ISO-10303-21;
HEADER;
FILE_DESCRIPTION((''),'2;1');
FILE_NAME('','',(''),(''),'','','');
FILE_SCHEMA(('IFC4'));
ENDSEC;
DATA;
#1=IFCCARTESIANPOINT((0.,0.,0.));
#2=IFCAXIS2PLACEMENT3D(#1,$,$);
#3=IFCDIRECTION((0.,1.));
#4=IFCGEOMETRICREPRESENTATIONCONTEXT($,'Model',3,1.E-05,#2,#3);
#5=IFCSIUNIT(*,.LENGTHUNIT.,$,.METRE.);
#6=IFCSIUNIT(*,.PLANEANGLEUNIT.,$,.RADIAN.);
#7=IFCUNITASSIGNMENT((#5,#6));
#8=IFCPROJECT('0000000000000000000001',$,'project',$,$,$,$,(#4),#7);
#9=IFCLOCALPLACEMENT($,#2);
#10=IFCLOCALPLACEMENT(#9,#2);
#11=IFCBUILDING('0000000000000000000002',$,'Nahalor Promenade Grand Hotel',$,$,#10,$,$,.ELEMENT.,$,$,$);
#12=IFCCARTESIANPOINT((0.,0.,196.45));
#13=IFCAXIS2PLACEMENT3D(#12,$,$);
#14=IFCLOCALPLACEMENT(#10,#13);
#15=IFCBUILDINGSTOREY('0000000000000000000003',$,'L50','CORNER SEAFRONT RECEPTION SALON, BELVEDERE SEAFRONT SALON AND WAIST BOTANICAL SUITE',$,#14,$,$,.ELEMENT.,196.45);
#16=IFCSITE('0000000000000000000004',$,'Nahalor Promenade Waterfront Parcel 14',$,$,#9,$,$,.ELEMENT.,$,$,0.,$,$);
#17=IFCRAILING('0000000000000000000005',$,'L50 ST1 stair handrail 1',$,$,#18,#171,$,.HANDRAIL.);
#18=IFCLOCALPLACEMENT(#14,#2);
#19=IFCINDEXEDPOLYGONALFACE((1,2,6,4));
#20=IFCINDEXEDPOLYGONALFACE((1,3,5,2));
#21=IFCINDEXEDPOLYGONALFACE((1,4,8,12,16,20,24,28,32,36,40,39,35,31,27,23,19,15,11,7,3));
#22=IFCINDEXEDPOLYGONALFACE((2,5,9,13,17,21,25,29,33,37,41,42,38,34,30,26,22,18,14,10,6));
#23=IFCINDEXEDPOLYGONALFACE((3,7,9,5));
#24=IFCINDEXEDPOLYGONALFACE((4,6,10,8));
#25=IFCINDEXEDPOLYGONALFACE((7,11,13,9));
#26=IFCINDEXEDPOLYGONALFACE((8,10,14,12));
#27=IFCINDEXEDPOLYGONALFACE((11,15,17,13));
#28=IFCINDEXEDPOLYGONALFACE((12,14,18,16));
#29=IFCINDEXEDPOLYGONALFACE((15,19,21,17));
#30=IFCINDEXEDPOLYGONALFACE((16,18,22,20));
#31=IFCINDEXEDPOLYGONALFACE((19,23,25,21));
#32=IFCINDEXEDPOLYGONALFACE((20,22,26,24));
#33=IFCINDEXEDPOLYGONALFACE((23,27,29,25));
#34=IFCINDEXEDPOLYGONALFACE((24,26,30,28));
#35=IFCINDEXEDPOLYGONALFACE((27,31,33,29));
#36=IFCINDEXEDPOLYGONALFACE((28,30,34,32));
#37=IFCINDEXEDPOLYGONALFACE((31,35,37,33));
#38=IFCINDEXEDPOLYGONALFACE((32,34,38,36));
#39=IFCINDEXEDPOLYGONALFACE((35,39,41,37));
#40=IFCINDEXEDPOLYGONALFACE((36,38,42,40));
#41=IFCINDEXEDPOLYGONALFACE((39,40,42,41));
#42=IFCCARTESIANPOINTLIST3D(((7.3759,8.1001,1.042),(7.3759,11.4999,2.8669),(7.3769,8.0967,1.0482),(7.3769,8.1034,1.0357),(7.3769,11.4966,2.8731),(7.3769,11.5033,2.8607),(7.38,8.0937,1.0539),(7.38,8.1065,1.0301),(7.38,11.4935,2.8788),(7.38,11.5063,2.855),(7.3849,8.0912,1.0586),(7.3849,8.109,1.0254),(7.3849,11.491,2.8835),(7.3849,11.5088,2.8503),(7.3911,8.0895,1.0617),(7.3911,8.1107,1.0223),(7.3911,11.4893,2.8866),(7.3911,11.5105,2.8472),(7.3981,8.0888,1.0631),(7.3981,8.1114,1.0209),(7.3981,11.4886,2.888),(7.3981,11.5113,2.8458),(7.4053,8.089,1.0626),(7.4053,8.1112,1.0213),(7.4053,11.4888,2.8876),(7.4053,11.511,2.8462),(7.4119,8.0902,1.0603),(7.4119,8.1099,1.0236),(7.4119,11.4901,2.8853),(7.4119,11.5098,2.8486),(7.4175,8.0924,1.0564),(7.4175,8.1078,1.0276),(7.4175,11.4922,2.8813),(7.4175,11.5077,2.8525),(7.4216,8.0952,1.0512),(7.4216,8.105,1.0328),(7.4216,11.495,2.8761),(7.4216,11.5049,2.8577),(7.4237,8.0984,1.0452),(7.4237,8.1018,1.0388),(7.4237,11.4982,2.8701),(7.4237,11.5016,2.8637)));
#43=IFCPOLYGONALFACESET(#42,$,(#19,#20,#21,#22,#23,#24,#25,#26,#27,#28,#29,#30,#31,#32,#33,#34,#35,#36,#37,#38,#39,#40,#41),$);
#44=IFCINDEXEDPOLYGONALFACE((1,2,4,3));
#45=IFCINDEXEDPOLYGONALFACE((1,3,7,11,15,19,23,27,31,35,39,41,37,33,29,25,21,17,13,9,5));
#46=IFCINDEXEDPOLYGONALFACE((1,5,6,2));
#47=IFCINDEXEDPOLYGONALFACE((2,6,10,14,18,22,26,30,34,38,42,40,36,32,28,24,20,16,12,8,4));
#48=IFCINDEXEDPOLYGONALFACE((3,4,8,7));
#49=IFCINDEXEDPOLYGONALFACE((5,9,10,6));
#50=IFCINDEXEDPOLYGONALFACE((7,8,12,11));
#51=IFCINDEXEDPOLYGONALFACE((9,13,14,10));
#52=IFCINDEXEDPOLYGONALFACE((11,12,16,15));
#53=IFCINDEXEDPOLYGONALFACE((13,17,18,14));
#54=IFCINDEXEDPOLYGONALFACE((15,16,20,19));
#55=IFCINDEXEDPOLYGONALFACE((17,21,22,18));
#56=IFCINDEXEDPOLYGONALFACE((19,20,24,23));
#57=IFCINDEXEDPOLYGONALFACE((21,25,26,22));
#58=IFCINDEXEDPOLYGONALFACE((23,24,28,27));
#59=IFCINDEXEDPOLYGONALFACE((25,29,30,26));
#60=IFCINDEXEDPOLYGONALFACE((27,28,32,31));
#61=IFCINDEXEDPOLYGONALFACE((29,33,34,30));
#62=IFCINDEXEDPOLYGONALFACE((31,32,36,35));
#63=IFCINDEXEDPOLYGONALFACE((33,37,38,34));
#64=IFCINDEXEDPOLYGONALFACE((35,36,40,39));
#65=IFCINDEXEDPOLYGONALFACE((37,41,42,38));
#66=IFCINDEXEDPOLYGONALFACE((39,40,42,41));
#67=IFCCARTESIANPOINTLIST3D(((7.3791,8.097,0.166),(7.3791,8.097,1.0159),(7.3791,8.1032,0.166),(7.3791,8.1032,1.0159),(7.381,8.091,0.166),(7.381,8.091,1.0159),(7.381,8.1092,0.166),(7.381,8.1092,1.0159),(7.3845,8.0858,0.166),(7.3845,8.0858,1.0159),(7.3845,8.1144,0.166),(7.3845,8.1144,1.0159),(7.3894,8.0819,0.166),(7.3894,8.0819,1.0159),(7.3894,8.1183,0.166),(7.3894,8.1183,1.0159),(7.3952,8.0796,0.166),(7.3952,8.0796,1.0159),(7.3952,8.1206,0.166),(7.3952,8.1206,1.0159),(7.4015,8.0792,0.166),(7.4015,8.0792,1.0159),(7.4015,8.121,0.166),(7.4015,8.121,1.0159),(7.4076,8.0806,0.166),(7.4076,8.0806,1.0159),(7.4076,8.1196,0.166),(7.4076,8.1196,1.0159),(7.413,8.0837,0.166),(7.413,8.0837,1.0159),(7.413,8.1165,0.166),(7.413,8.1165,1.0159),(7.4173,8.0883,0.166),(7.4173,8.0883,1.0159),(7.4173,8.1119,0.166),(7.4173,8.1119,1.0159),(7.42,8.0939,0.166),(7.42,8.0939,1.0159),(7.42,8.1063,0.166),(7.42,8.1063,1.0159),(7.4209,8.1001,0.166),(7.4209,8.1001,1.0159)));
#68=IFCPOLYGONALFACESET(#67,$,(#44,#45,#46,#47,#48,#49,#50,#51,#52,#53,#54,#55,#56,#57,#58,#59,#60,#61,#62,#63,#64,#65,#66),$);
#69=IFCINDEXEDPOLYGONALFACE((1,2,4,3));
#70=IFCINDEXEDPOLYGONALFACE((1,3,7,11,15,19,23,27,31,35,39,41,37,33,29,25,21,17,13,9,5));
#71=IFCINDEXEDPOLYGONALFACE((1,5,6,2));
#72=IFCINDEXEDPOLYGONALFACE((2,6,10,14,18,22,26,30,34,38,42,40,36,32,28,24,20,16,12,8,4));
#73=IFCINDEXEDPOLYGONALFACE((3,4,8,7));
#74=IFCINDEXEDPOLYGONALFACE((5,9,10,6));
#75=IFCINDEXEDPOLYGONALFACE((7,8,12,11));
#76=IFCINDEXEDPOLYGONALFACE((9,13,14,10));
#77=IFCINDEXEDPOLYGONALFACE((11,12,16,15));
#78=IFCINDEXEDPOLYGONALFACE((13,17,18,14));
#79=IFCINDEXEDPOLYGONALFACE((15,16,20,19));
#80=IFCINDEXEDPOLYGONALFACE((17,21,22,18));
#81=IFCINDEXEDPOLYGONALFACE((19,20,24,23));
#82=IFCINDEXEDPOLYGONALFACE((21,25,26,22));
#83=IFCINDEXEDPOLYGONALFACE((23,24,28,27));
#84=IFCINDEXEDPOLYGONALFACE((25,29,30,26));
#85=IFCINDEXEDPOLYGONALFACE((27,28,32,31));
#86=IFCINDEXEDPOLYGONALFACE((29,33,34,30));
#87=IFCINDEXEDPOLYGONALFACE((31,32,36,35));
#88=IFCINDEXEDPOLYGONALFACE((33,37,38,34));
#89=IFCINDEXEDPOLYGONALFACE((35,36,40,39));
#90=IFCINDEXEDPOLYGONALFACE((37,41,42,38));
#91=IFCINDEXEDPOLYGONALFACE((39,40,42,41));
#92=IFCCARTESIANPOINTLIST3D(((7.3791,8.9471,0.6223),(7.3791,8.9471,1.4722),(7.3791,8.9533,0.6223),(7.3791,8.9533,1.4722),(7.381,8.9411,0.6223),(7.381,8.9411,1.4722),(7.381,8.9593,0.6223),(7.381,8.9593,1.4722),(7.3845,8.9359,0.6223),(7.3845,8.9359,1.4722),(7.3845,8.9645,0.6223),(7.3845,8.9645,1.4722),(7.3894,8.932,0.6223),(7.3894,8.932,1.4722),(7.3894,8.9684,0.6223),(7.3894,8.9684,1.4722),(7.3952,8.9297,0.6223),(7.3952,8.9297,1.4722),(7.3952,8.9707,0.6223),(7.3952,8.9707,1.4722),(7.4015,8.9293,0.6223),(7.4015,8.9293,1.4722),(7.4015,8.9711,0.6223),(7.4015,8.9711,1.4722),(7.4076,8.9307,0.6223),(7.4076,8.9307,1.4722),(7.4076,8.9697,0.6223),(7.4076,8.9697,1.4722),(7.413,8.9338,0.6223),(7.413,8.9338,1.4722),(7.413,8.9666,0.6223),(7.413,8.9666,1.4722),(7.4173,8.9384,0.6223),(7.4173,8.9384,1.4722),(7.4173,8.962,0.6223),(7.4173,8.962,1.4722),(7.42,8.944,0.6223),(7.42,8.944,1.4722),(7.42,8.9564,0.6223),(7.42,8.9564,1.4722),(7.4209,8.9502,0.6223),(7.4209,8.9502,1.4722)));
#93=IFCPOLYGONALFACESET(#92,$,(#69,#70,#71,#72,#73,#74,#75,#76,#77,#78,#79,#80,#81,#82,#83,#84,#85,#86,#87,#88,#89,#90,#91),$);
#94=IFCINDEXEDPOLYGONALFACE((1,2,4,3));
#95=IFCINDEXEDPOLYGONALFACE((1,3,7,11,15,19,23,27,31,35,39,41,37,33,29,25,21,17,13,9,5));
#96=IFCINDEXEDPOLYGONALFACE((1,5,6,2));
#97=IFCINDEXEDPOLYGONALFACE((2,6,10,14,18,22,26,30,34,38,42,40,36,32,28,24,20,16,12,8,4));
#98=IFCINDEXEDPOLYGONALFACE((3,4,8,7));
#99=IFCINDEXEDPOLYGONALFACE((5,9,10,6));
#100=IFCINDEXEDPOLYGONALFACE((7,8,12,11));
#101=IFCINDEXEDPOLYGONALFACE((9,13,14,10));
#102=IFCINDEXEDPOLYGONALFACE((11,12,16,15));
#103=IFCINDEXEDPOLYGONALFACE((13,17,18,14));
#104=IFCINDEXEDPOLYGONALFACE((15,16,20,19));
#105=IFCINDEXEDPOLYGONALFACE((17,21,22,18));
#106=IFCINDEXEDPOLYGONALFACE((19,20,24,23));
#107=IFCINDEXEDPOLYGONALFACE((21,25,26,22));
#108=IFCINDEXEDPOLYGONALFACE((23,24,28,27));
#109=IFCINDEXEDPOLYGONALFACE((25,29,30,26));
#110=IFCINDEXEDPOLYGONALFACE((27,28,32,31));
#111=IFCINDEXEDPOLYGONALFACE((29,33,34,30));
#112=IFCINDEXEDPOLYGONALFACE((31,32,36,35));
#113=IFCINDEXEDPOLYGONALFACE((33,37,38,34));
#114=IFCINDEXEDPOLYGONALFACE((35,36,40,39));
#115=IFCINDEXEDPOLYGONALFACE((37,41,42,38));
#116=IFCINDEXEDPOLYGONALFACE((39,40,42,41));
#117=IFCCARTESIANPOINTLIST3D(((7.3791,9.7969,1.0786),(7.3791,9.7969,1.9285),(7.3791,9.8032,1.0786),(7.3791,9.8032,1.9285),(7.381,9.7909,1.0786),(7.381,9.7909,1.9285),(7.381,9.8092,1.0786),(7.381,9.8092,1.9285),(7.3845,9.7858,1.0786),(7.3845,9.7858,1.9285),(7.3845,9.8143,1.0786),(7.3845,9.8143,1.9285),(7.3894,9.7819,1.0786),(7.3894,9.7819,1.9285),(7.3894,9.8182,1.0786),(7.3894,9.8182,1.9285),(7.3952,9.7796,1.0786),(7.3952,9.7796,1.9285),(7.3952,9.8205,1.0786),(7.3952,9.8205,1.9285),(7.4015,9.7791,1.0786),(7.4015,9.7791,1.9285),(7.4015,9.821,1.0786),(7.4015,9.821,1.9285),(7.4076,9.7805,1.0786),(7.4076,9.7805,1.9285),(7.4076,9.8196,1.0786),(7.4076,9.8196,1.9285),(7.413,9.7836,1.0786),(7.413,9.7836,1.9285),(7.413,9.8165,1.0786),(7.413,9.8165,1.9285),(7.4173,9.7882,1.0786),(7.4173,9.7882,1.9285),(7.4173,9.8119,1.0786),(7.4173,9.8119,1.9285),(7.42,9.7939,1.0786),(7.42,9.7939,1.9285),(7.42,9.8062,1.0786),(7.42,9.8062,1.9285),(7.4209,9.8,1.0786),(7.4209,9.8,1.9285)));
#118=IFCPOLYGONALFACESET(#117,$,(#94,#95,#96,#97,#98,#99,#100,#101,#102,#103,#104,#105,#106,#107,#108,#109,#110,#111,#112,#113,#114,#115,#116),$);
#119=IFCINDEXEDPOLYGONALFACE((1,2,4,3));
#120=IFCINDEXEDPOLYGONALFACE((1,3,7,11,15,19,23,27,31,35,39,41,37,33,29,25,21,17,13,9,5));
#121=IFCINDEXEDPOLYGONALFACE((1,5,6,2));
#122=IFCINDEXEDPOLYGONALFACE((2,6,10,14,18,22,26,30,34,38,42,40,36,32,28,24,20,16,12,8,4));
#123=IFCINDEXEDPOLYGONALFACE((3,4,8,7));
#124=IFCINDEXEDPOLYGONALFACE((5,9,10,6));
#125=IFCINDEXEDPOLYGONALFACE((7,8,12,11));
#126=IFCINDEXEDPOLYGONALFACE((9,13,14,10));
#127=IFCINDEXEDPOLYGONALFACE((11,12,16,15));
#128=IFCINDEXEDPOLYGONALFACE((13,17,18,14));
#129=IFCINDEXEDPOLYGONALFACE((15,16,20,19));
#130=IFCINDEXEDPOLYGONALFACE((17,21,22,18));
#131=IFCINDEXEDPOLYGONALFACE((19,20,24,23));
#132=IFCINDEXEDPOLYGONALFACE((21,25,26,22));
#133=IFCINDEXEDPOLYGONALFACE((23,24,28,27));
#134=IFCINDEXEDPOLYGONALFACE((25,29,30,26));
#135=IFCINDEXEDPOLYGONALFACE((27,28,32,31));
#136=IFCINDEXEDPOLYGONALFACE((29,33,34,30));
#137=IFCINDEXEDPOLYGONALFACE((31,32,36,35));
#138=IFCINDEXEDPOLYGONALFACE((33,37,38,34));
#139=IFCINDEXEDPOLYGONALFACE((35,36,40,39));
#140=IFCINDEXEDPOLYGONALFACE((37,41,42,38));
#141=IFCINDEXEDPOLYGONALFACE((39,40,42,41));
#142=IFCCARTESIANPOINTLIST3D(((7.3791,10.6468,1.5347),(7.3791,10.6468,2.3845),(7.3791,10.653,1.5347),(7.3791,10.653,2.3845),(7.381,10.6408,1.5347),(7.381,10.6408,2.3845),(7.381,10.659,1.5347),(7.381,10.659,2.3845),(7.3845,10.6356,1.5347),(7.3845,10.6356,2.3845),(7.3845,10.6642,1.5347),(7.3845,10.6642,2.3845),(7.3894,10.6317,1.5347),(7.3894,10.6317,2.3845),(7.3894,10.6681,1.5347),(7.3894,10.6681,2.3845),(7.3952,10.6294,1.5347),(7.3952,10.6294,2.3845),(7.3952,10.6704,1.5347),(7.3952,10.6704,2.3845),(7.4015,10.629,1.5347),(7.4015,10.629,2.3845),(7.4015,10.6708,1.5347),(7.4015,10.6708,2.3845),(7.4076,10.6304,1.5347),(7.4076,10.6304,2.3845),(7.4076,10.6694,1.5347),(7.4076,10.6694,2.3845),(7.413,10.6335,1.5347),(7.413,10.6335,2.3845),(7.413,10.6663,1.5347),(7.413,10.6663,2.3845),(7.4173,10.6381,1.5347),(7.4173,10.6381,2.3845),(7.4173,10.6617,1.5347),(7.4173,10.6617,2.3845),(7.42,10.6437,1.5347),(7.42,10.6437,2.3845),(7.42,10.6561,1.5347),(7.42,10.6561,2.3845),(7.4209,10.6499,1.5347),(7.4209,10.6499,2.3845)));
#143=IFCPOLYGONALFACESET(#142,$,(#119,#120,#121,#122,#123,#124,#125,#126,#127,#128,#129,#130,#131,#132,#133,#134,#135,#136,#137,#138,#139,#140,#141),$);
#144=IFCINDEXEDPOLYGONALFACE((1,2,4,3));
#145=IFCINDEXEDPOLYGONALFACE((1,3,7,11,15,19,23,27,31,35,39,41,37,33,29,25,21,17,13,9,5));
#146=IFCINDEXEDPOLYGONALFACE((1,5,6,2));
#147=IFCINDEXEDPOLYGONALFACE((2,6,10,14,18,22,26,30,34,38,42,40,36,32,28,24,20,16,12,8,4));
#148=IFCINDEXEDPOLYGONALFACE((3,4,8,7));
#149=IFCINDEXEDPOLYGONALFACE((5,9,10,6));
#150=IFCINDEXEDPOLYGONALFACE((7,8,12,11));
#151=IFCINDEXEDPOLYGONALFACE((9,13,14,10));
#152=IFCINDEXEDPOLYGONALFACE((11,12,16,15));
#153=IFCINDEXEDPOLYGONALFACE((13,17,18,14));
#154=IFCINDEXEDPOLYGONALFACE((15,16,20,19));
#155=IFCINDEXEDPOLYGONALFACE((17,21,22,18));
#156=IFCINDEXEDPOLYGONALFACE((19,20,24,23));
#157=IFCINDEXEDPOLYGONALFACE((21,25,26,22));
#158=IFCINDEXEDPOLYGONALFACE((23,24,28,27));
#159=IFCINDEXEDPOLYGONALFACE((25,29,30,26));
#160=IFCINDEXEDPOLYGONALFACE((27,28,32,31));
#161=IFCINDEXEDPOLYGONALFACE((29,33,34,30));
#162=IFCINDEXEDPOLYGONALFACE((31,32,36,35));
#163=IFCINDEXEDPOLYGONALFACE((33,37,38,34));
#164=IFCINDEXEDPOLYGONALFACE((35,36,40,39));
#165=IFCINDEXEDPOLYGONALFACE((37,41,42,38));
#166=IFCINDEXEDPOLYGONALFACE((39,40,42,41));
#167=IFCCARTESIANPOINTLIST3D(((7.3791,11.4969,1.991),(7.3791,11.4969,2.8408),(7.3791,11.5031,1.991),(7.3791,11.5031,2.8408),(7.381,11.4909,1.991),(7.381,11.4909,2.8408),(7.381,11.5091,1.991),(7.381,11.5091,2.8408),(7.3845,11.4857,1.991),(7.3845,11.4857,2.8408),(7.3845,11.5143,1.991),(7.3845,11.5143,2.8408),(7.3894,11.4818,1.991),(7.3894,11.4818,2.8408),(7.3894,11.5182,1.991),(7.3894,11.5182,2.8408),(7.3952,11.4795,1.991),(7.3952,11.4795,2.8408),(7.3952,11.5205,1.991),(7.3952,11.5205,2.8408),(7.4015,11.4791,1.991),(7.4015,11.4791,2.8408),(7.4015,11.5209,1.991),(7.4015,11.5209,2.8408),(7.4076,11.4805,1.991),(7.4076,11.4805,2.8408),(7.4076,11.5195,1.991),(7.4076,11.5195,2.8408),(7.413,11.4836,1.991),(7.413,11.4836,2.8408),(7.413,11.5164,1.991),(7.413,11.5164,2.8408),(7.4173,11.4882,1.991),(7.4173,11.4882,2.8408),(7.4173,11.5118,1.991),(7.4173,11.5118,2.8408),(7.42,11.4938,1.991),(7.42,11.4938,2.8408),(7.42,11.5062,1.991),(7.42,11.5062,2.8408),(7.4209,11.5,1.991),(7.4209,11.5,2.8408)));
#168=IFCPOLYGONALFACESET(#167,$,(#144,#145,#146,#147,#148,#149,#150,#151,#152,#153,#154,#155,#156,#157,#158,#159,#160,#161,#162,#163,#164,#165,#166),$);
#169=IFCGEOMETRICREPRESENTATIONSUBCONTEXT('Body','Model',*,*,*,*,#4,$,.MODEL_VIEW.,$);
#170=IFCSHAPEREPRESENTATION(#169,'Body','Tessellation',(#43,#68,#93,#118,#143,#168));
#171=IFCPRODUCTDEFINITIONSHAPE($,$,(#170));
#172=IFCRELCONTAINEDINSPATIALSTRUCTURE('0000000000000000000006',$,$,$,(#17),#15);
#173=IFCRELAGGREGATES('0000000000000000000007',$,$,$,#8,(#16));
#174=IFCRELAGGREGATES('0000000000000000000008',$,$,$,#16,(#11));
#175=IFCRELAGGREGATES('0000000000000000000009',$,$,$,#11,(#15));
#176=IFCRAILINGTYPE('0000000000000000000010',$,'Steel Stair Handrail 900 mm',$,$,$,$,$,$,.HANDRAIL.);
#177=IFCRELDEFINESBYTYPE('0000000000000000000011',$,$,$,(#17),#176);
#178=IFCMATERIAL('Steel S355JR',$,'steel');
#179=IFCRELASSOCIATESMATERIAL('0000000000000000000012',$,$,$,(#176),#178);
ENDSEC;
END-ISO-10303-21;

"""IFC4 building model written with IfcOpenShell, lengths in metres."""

from ifc_helpers import new_model, si_unit, direction, frame, origin, origin_2d, place, context, subcontext, project, spatial, circle, extrude, material, type_object, element, save


model = new_model("IFC4")

# Units and contexts
model_context = context("Model", 3, precision=1e-05, world=origin(), true_north=direction((0.0, 1.0)))
body_context = subcontext(model_context, "Body", "Model", "MODEL_VIEW")
ifc_project = project(units=[si_unit("LENGTHUNIT", "METRE"), si_unit("PLANEANGLEUNIT", "RADIAN")], contexts=[model_context])

# Site, building, storey
site_placement = place(None, origin())
site = spatial("IfcSite", under=ifc_project, at=site_placement, Name="Nahalor Promenade Waterfront Parcel 14", CompositionType="ELEMENT", RefElevation=0.0)
building_placement = place(site_placement, origin())
building = spatial("IfcBuilding", under=site, at=building_placement, Name="Nahalor Promenade Grand Hotel", CompositionType="ELEMENT")
storey_placement = place(building_placement, frame((0.0, 0.0, 196.45)))
storey = spatial("IfcBuildingStorey", under=building, at=storey_placement, Name="L50", Description="CORNER SEAFRONT RECEPTION SALON, BELVEDERE SEAFRONT SALON AND WAIST BOTANICAL SUITE", CompositionType="ELEMENT", Elevation=196.45)

# Shared definitions
ifc_material_1 = material(Name="Steel S355JR", Category="steel")

# Railing
railing_type_1 = type_object("IfcRailingType", Name="Steel Stair Handrail 900 mm", PredefinedType="HANDRAIL", material=ifc_material_1)
railing_1_placement = place(storey_placement, frame((7.3999, 8.1001, 0.166)))
element("IfcRailing", 1, at=railing_1_placement, inside=storey, type_object=railing_type_1, Name="L50 ST1 stair handrail 1", PredefinedType="HANDRAIL", context=body_context, shape_type="SweptSolid", body=[
    extrude(circle(Radius=0.024, at=origin_2d()), frame((0.0, 0.0, 0.876), z_axis=(0.0, 0.881094, 0.472941), x_axis=(-1.0, 0.0, 0.0)), (0.0, 0.0, 1.0), 3.8586),
    extrude(circle(Radius=0.021, at=origin_2d()), origin(), (0.0, 0.0, 1.0), 0.8499),
    extrude(circle(Radius=0.021, at=origin_2d()), frame((0.0, 0.8501, 0.4563)), (0.0, 0.0, 1.0), 0.8499),
    extrude(circle(Radius=0.021, at=origin_2d()), frame((0.0, 1.7, 0.9126)), (0.0, 0.0, 1.0), 0.8499),
    extrude(circle(Radius=0.021, at=origin_2d()), frame((0.0, 2.5498, 1.3687)), (0.0, 0.0, 1.0), 0.8499),
    extrude(circle(Radius=0.021, at=origin_2d()), frame((0.0, 3.3999, 1.825)), (0.0, 0.0, 1.0), 0.8499),
])

save(model, "model.ifc")
